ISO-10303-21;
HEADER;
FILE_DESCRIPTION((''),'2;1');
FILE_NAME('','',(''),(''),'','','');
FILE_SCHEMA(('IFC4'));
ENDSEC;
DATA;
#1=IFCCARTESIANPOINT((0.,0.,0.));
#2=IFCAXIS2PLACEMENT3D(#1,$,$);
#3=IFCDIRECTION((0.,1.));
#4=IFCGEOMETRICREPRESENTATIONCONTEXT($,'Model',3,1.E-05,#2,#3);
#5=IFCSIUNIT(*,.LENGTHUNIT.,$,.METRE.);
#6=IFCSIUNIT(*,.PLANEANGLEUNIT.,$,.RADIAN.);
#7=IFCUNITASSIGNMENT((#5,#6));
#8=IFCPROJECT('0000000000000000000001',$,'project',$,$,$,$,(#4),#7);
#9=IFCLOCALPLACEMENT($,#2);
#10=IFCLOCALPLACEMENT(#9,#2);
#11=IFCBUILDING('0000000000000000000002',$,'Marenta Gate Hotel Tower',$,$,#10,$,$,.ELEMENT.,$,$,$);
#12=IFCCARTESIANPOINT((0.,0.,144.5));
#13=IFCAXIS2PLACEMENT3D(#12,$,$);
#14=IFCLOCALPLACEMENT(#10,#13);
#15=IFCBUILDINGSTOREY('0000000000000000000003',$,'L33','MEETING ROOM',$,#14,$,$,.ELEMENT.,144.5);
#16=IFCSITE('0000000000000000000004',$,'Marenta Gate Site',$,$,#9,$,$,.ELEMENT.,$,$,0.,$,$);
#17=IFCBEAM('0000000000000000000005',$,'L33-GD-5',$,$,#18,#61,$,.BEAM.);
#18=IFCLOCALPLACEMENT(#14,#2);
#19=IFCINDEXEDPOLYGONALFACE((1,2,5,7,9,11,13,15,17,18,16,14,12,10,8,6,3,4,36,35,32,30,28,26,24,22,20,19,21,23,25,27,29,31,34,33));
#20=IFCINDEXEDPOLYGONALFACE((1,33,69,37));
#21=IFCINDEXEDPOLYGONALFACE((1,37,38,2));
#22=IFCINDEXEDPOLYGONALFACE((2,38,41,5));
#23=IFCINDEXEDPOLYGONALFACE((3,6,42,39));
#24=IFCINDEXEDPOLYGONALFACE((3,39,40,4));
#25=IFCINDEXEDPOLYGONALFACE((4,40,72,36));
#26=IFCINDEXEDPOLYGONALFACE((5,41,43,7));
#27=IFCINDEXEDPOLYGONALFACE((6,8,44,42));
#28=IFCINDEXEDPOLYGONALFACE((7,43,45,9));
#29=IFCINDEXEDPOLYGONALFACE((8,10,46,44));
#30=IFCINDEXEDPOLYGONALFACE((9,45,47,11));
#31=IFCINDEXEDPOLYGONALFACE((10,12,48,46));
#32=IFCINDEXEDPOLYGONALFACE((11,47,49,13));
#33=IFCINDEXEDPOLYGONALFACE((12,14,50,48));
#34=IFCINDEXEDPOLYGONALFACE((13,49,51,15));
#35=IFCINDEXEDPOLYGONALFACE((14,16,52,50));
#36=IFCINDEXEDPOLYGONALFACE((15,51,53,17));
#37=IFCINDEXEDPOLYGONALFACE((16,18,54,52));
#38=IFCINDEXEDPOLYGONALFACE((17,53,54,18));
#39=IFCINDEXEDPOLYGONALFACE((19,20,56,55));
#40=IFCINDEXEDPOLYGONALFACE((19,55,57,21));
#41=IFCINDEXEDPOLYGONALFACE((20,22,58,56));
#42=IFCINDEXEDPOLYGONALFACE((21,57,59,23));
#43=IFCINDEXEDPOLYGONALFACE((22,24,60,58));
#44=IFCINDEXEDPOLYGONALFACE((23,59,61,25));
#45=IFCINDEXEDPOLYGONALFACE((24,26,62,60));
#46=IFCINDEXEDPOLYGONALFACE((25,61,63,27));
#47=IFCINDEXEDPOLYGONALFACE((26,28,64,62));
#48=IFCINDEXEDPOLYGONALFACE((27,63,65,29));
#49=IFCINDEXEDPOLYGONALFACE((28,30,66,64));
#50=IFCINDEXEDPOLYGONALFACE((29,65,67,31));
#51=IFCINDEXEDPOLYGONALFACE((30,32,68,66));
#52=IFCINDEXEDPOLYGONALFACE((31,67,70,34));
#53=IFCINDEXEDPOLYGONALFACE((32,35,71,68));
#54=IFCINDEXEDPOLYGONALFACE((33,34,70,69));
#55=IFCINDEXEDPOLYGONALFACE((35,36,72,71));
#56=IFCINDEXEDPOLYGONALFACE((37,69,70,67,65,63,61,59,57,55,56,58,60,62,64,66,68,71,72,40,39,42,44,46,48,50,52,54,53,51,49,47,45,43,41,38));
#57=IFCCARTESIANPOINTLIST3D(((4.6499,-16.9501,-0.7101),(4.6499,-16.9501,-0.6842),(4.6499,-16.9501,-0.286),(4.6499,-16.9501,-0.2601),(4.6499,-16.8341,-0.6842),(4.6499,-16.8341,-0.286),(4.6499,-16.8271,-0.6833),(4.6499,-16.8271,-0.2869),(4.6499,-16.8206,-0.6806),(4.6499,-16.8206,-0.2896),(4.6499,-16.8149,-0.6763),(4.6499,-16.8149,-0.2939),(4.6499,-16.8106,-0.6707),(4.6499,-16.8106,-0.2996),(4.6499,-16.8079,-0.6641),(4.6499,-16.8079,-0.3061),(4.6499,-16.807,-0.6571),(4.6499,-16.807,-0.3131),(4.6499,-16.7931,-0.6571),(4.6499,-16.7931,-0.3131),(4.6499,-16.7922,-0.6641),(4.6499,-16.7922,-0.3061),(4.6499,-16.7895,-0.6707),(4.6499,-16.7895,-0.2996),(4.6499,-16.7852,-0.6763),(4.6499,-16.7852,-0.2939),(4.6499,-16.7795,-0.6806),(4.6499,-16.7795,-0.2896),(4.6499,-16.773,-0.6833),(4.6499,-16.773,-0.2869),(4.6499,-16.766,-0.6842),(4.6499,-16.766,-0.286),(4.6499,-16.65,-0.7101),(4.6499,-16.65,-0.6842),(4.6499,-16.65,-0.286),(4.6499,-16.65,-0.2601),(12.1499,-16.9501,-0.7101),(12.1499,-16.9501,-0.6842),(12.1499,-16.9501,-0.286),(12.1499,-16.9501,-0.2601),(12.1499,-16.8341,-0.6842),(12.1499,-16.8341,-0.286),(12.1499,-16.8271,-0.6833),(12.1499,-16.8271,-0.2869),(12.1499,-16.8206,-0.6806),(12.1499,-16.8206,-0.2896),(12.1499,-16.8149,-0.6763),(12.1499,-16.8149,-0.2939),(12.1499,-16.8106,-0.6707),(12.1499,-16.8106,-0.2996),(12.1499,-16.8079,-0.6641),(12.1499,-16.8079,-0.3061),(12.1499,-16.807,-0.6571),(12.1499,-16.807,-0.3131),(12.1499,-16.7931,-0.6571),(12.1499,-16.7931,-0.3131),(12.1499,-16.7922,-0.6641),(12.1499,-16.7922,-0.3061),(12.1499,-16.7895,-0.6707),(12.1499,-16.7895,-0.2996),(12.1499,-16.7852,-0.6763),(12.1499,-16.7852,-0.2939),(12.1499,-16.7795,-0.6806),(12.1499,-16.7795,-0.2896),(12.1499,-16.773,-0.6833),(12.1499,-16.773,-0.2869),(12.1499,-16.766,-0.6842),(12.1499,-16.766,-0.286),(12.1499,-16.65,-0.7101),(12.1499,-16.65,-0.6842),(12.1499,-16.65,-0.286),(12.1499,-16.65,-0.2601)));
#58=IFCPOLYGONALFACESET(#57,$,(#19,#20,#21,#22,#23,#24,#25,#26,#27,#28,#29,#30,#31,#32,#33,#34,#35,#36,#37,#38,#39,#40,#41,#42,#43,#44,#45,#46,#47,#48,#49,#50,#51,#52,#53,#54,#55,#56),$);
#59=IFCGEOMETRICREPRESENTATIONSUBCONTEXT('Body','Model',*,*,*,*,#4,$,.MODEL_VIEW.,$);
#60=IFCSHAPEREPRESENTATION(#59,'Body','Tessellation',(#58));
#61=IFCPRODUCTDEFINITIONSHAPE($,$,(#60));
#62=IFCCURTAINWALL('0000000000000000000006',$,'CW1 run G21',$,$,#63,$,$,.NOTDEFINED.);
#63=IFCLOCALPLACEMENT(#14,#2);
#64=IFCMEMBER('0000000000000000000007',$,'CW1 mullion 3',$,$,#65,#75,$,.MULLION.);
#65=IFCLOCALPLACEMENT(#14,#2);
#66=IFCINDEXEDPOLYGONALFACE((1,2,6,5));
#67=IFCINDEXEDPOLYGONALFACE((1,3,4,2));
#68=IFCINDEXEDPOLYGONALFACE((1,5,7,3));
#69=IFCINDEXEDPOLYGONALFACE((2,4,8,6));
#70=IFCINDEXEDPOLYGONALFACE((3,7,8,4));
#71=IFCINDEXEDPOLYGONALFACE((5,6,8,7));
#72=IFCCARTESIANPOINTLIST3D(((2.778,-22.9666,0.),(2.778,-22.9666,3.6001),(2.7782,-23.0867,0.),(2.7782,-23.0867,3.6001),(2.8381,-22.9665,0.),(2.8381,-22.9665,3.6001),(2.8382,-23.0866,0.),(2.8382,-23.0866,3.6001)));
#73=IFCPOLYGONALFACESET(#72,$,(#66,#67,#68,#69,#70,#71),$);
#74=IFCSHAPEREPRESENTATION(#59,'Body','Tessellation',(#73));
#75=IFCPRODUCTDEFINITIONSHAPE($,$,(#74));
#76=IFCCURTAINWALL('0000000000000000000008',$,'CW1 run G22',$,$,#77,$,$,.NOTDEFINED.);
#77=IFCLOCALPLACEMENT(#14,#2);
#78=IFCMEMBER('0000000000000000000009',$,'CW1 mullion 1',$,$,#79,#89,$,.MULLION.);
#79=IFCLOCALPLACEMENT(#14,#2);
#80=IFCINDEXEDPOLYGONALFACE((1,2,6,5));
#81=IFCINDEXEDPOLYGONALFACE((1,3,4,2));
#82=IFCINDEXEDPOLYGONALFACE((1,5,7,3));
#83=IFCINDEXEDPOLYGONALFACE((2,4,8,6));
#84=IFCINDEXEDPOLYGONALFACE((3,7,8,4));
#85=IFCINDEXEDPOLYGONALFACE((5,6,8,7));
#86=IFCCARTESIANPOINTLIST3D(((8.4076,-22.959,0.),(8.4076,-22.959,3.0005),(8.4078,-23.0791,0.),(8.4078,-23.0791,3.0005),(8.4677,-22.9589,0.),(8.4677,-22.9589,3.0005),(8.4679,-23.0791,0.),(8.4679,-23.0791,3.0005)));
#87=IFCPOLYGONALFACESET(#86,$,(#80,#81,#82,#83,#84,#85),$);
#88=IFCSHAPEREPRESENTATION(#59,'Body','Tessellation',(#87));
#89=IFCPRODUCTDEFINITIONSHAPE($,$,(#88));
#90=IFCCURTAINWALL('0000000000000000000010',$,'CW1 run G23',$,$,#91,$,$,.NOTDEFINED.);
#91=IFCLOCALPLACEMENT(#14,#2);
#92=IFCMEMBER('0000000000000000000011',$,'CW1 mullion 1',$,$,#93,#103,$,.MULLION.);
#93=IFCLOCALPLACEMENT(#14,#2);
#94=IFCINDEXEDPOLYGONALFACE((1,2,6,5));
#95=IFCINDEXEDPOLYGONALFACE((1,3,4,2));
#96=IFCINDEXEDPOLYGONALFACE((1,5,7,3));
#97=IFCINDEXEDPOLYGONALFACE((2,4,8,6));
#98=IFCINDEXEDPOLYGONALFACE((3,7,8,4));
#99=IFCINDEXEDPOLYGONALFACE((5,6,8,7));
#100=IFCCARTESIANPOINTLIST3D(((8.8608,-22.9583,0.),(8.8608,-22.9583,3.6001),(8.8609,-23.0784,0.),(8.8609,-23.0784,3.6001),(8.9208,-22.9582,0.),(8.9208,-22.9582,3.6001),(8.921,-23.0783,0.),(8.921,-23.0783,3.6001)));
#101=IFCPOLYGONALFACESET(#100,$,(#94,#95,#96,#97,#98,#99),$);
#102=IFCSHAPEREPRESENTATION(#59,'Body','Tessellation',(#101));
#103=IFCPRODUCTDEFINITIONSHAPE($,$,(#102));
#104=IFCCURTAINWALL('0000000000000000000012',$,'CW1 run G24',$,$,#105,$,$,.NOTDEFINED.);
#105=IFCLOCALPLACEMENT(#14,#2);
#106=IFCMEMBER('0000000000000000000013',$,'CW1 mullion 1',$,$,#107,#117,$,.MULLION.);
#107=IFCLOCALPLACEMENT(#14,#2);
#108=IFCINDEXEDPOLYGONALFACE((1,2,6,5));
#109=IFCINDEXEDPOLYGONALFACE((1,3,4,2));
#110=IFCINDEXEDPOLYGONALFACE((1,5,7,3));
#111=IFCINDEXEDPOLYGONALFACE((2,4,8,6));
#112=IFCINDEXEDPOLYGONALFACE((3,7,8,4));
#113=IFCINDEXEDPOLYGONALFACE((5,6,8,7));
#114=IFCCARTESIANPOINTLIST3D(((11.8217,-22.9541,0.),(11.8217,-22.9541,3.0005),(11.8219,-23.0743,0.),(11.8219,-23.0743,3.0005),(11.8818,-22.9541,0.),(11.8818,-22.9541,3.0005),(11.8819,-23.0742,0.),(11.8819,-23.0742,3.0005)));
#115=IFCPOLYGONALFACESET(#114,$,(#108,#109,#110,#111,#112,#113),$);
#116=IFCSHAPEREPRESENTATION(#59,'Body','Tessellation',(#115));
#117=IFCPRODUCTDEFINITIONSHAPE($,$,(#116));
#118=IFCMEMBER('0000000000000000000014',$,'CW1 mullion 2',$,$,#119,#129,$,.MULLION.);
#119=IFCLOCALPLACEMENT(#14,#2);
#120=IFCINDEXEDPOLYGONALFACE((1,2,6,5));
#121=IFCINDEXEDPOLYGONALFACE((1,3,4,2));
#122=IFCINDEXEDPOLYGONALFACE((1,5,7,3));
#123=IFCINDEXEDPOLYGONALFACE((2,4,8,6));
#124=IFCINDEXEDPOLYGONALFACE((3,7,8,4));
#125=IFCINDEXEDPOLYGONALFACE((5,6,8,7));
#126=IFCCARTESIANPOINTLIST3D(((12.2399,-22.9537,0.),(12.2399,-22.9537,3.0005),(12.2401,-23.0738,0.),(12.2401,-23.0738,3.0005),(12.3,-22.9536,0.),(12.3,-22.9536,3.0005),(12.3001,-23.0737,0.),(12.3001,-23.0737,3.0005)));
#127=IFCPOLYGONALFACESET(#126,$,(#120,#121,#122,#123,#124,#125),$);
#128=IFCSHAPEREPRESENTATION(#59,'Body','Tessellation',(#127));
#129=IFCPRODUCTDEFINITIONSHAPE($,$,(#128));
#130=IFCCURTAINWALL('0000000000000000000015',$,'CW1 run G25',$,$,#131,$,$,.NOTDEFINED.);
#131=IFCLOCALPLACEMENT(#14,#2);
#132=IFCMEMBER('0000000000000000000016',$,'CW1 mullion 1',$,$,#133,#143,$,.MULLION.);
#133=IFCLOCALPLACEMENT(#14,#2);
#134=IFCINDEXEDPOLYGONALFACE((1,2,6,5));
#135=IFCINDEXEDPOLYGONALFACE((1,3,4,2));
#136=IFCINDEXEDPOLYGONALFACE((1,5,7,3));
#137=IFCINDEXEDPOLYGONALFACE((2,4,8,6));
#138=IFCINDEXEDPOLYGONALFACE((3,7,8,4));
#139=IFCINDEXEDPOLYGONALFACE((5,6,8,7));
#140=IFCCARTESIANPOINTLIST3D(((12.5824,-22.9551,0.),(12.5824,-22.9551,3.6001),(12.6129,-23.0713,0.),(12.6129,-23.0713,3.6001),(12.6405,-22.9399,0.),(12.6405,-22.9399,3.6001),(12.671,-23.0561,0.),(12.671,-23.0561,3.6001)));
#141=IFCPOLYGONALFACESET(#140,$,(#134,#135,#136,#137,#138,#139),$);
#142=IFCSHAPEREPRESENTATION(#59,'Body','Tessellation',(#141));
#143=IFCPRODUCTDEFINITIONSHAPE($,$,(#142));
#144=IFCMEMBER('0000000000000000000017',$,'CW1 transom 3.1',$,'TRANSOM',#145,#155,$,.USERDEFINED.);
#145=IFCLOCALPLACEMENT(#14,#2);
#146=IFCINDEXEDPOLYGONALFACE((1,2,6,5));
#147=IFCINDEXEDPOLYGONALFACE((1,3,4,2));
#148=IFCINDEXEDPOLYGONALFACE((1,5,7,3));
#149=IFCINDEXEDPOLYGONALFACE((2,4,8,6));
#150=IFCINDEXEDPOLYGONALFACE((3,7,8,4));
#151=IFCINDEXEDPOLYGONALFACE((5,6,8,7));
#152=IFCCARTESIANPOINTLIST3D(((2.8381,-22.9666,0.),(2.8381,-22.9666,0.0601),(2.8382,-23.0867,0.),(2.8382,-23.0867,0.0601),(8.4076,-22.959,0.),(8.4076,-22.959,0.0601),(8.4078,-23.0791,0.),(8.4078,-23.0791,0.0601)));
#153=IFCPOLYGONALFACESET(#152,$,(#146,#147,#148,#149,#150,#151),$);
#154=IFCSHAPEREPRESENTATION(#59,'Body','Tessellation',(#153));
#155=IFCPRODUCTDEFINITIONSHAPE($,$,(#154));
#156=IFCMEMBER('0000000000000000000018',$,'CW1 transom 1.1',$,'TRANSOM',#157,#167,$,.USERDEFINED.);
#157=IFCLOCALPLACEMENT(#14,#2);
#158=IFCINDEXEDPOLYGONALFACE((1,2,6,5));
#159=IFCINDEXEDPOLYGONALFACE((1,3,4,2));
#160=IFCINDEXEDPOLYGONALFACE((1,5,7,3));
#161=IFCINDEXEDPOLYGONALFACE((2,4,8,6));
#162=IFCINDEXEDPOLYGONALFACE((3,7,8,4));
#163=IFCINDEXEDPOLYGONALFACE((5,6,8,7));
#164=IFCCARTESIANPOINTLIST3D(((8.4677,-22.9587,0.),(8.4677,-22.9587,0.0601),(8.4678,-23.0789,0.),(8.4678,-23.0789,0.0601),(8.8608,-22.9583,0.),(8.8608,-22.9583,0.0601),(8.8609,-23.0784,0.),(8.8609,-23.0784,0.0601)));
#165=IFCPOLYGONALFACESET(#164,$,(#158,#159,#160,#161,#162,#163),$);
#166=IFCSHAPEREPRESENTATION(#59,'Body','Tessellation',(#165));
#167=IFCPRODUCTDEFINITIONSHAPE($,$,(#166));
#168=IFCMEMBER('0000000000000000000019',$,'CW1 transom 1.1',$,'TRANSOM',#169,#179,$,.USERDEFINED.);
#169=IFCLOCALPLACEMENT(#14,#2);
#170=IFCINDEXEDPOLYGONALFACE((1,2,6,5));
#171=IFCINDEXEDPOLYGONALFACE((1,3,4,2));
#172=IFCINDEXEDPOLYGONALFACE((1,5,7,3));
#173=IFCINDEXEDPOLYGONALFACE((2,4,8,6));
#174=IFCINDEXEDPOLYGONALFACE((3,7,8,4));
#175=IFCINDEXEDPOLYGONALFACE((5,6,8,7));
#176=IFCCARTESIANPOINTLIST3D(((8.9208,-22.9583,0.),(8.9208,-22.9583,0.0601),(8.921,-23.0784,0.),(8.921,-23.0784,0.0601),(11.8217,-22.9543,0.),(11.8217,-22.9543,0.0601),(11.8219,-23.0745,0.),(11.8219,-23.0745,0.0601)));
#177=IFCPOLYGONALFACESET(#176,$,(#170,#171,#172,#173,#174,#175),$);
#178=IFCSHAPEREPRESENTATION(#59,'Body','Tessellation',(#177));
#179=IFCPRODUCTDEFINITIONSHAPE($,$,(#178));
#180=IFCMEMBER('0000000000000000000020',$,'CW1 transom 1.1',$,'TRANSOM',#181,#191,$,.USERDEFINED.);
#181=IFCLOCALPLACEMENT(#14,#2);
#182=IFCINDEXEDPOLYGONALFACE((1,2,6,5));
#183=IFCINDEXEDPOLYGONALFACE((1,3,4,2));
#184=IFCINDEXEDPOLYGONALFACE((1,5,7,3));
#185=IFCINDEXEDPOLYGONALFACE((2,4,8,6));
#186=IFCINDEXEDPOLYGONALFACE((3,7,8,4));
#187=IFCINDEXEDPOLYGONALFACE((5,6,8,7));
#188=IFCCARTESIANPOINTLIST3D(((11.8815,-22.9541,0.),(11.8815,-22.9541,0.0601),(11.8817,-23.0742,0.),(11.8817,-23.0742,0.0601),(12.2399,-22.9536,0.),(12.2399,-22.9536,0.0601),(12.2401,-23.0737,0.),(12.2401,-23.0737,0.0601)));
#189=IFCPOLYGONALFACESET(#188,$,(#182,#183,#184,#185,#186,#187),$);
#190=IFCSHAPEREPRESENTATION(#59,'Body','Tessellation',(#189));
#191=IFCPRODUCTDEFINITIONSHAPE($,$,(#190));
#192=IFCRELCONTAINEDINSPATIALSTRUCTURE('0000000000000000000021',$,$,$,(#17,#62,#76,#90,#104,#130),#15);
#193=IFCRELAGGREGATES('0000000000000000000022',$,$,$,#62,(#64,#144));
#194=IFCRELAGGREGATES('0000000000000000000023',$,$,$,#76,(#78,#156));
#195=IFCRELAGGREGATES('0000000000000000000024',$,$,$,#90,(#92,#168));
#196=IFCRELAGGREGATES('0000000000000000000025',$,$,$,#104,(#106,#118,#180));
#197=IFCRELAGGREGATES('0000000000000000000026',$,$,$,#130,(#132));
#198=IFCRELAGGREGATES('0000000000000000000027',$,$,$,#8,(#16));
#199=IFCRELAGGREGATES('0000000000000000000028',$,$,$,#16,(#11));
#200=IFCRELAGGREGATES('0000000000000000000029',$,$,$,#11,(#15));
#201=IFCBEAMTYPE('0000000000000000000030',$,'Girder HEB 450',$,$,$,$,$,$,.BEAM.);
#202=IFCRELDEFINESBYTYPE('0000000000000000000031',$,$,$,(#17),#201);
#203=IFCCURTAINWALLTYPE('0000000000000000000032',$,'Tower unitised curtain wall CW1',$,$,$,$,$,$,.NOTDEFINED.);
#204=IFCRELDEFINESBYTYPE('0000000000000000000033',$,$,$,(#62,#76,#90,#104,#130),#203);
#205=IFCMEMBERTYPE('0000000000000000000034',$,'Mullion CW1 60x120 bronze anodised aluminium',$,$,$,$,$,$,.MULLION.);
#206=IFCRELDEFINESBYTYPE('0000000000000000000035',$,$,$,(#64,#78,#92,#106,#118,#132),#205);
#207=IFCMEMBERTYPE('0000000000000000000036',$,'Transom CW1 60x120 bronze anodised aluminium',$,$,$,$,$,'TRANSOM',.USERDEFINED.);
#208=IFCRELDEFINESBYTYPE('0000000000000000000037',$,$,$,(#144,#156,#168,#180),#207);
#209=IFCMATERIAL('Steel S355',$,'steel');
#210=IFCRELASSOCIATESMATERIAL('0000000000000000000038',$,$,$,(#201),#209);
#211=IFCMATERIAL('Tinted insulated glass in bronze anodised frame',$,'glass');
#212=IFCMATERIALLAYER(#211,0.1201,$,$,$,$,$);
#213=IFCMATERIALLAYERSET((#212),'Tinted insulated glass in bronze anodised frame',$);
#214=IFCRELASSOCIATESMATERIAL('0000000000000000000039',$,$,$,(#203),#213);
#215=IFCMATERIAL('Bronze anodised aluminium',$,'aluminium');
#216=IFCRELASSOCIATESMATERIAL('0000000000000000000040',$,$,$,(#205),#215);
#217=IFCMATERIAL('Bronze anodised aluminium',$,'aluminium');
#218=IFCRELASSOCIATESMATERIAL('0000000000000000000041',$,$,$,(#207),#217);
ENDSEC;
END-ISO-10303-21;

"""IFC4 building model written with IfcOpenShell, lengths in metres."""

from ifc_helpers import new_model, si_unit, direction, frame, origin, origin_2d, place, context, subcontext, project, spatial, rectangle, i_section, extrude, material, layer, layer_set, material_profile, profile_set, type_object, element, aggregate, save


model = new_model("IFC4")

# Units and contexts
model_context = context("Model", 3, precision=1e-05, world=origin(), true_north=direction((0.0, 1.0)))
body_context = subcontext(model_context, "Body", "Model", "MODEL_VIEW")
ifc_project = project(units=[si_unit("LENGTHUNIT", "METRE"), si_unit("PLANEANGLEUNIT", "RADIAN")], contexts=[model_context])

# Site, building, storey
site_placement = place(None, origin())
site = spatial("IfcSite", under=ifc_project, at=site_placement, Name="Marenta Gate Site", CompositionType="ELEMENT", RefElevation=0.0)
building_placement = place(site_placement, origin())
building = spatial("IfcBuilding", under=site, at=building_placement, Name="Marenta Gate Hotel Tower", CompositionType="ELEMENT")
storey_placement = place(building_placement, frame((0.0, 0.0, 144.5)))
storey = spatial("IfcBuildingStorey", under=building, at=storey_placement, Name="L33", Description="MEETING ROOM", CompositionType="ELEMENT", Elevation=144.5)

# Beam
ifc_material_1 = material(Name="Steel S355", Category="steel")
ifc_material_profile_1 = material_profile(ifc_material_1, i_section(OverallWidth=0.3, OverallDepth=0.45, WebThickness=0.0139, FlangeThickness=0.0259, FilletRadius=0.0271, at=origin_2d()), Name="HEB 450")
ifc_profile_set_1 = profile_set([ifc_material_profile_1], Name="Steel S355")
beam_type_1 = type_object("IfcBeamType", Name="Girder HEB 450", PredefinedType="BEAM", material=ifc_profile_set_1)
beam_1_placement = place(storey_placement, frame((4.6499, -16.8, -0.4851), z_axis=(1.0, 0.0, 0.0), x_axis=(0.0, 1.0, 0.0)))
element("IfcBeam", 1, at=beam_1_placement, inside=storey, type_object=beam_type_1, Name="L33-GD-5", PredefinedType="BEAM", context=body_context, shape_type="SweptSolid", body=[
    extrude(i_section(OverallWidth=0.3, OverallDepth=0.45, WebThickness=0.0139, FlangeThickness=0.0259, FilletRadius=0.0271, at=origin_2d()), origin(), (0.0, 0.0, 1.0), 7.5),
])

# Curtain walls, members
ifc_material_2 = material(Name="Tinted insulated glass in bronze anodised frame", Category="glass")
ifc_layer_1 = layer(ifc_material_2, 0.1201)
ifc_layer_set_1 = layer_set([ifc_layer_1], Name="Tinted insulated glass in bronze anodised frame")
curtain_wall_type = type_object("IfcCurtainWallType", Name="Tower unitised curtain wall CW1", PredefinedType="NOTDEFINED", material=ifc_layer_set_1)
curtain_wall_1_placement = place(storey_placement, origin())
curtain_wall_1 = element("IfcCurtainWall", 2, at=curtain_wall_1_placement, inside=storey, type_object=curtain_wall_type, Name="CW1 run G21", PredefinedType="NOTDEFINED")
ifc_material_3 = material(Name="Bronze anodised aluminium", Category="aluminium")
ifc_material_profile_2 = material_profile(ifc_material_3, rectangle(XDim=0.1201, YDim=0.0601, at=origin_2d()), Name="Mullion CW1 60x120 bronze anodised aluminium")
ifc_profile_set_2 = profile_set([ifc_material_profile_2], Name="Bronze anodised aluminium")
member_type_1 = type_object("IfcMemberType", Name="Mullion CW1 60x120 bronze anodised aluminium", PredefinedType="MULLION", material=ifc_profile_set_2)
member_1_placement = place(storey_placement, frame((2.8081, -23.0266, 0.0), z_axis=(0.0, 0.0, 1.0), x_axis=(-0.001363, 0.999999, 0.0)))
member_1 = element("IfcMember", 3, at=member_1_placement, type_object=member_type_1, Name="CW1 mullion 3", PredefinedType="MULLION", context=body_context, shape_type="SweptSolid", body=[
    extrude(rectangle(XDim=0.1201, YDim=0.0601, at=origin_2d()), origin(), (0.0, 0.0, 1.0), 3.6001),
])
curtain_wall_2_placement = place(storey_placement, origin())
curtain_wall_2 = element("IfcCurtainWall", 4, at=curtain_wall_2_placement, inside=storey, type_object=curtain_wall_type, Name="CW1 run G22", PredefinedType="NOTDEFINED")
member_2_placement = place(storey_placement, frame((8.4377, -23.019, 0.0), z_axis=(0.0, 0.0, 1.0), x_axis=(-0.001325, 0.999999, 0.0)))
member_2 = element("IfcMember", 5, at=member_2_placement, type_object=member_type_1, Name="CW1 mullion 1", PredefinedType="MULLION", context=body_context, shape_type="SweptSolid", body=[
    extrude(rectangle(XDim=0.1201, YDim=0.0601, at=origin_2d()), origin(), (0.0, 0.0, 1.0), 3.0005),
])
curtain_wall_3_placement = place(storey_placement, origin())
curtain_wall_3 = element("IfcCurtainWall", 6, at=curtain_wall_3_placement, inside=storey, type_object=curtain_wall_type, Name="CW1 run G23", PredefinedType="NOTDEFINED")
member_3_placement = place(storey_placement, frame((8.8909, -23.0183, 0.0), z_axis=(0.0, 0.0, 1.0), x_axis=(-0.001385, 0.999999, 0.0)))
member_3 = element("IfcMember", 7, at=member_3_placement, type_object=member_type_1, Name="CW1 mullion 1", PredefinedType="MULLION", context=body_context, shape_type="SweptSolid", body=[
    extrude(rectangle(XDim=0.1201, YDim=0.0601, at=origin_2d()), origin(), (0.0, 0.0, 1.0), 3.6001),
])

# Curtain wall, members
curtain_wall_4_placement = place(storey_placement, origin())
curtain_wall_4 = element("IfcCurtainWall", 8, at=curtain_wall_4_placement, inside=storey, type_object=curtain_wall_type, Name="CW1 run G24", PredefinedType="NOTDEFINED")
member_4_placement = place(storey_placement, frame((11.8518, -23.0142, 0.0), z_axis=(0.0, 0.0, 1.0), x_axis=(-0.001255, 0.999999, 0.0)))
member_4 = element("IfcMember", 9, at=member_4_placement, type_object=member_type_1, Name="CW1 mullion 1", PredefinedType="MULLION", context=body_context, shape_type="SweptSolid", body=[
    extrude(rectangle(XDim=0.1201, YDim=0.0601, at=origin_2d()), origin(), (0.0, 0.0, 1.0), 3.0005),
])
member_5_placement = place(storey_placement, frame((12.27, -23.0137, 0.0), z_axis=(0.0, 0.0, 1.0), x_axis=(-0.001255, 0.999999, 0.0)))
member_5 = element("IfcMember", 10, at=member_5_placement, type_object=member_type_1, Name="CW1 mullion 2", PredefinedType="MULLION", context=body_context, shape_type="SweptSolid", body=[
    extrude(rectangle(XDim=0.1201, YDim=0.0601, at=origin_2d()), origin(), (0.0, 0.0, 1.0), 3.0005),
])

# Curtain wall, member
curtain_wall_5_placement = place(storey_placement, origin())
curtain_wall_5 = element("IfcCurtainWall", 11, at=curtain_wall_5_placement, inside=storey, type_object=curtain_wall_type, Name="CW1 run G25", PredefinedType="NOTDEFINED")
member_6_placement = place(storey_placement, frame((12.6267, -23.0056, 0.0), z_axis=(0.0, 0.0, 1.0), x_axis=(-0.253374, 0.967368, 0.0)))
member_6 = element("IfcMember", 12, at=member_6_placement, type_object=member_type_1, Name="CW1 mullion 1", PredefinedType="MULLION", context=body_context, shape_type="SweptSolid", body=[
    extrude(rectangle(XDim=0.1201, YDim=0.0601, at=origin_2d()), origin(), (0.0, 0.0, 1.0), 3.6001),
])

# Members
ifc_material_4 = material(Name="Bronze anodised aluminium", Category="aluminium")
ifc_material_profile_3 = material_profile(ifc_material_4, rectangle(XDim=0.1201, YDim=0.0601, at=origin_2d()), Name="Transom CW1 60x120 bronze anodised aluminium")
ifc_profile_set_3 = profile_set([ifc_material_profile_3], Name="Bronze anodised aluminium")
member_type_2 = type_object("IfcMemberType", Name="Transom CW1 60x120 bronze anodised aluminium", ElementType="TRANSOM", PredefinedType="USERDEFINED", material=ifc_profile_set_3)
member_7_placement = place(storey_placement, frame((2.8381, -23.0266, 0.03), z_axis=(0.999999, 0.001359, 0.0), x_axis=(-0.001359, 0.999999, 0.0)))
member_7 = element("IfcMember", 13, at=member_7_placement, type_object=member_type_2, Name="CW1 transom 3.1", ObjectType="TRANSOM", PredefinedType="USERDEFINED", context=body_context, shape_type="SweptSolid", body=[
    extrude(rectangle(XDim=0.1201, YDim=0.0601, at=origin_2d()), origin(), (0.0, 0.0, 1.0), 5.5696),
])
member_8_placement = place(storey_placement, frame((8.4678, -23.0188, 0.03), z_axis=(0.999999, 0.001242, 0.0), x_axis=(-0.001242, 0.999999, 0.0)))
member_8 = element("IfcMember", 14, at=member_8_placement, type_object=member_type_2, Name="CW1 transom 1.1", ObjectType="TRANSOM", PredefinedType="USERDEFINED", context=body_context, shape_type="SweptSolid", body=[
    extrude(rectangle(XDim=0.1201, YDim=0.0601, at=origin_2d()), origin(), (0.0, 0.0, 1.0), 0.3931),
])
member_9_placement = place(storey_placement, frame((8.9209, -23.0183, 0.03), z_axis=(0.999999, 0.001347, 0.0), x_axis=(-0.001347, 0.999999, 0.0)))
member_9 = element("IfcMember", 15, at=member_9_placement, type_object=member_type_2, Name="CW1 transom 1.1", ObjectType="TRANSOM", PredefinedType="USERDEFINED", context=body_context, shape_type="SweptSolid", body=[
    extrude(rectangle(XDim=0.1201, YDim=0.0601, at=origin_2d()), origin(), (0.0, 0.0, 1.0), 2.9009),
])
member_10_placement = place(storey_placement, frame((11.8816, -23.0142, 0.03), z_axis=(0.999999, 0.001362, 0.0), x_axis=(-0.001362, 0.999999, 0.0)))
member_10 = element("IfcMember", 16, at=member_10_placement, type_object=member_type_2, Name="CW1 transom 1.1", ObjectType="TRANSOM", PredefinedType="USERDEFINED", context=body_context, shape_type="SweptSolid", body=[
    extrude(rectangle(XDim=0.1201, YDim=0.0601, at=origin_2d()), origin(), (0.0, 0.0, 1.0), 0.3584),
])

aggregate(curtain_wall_1, [member_1, member_7])
aggregate(curtain_wall_2, [member_2, member_8])
aggregate(curtain_wall_3, [member_3, member_9])
aggregate(curtain_wall_4, [member_4, member_5, member_10])
aggregate(curtain_wall_5, [member_6])

save(model, "model.ifc")
